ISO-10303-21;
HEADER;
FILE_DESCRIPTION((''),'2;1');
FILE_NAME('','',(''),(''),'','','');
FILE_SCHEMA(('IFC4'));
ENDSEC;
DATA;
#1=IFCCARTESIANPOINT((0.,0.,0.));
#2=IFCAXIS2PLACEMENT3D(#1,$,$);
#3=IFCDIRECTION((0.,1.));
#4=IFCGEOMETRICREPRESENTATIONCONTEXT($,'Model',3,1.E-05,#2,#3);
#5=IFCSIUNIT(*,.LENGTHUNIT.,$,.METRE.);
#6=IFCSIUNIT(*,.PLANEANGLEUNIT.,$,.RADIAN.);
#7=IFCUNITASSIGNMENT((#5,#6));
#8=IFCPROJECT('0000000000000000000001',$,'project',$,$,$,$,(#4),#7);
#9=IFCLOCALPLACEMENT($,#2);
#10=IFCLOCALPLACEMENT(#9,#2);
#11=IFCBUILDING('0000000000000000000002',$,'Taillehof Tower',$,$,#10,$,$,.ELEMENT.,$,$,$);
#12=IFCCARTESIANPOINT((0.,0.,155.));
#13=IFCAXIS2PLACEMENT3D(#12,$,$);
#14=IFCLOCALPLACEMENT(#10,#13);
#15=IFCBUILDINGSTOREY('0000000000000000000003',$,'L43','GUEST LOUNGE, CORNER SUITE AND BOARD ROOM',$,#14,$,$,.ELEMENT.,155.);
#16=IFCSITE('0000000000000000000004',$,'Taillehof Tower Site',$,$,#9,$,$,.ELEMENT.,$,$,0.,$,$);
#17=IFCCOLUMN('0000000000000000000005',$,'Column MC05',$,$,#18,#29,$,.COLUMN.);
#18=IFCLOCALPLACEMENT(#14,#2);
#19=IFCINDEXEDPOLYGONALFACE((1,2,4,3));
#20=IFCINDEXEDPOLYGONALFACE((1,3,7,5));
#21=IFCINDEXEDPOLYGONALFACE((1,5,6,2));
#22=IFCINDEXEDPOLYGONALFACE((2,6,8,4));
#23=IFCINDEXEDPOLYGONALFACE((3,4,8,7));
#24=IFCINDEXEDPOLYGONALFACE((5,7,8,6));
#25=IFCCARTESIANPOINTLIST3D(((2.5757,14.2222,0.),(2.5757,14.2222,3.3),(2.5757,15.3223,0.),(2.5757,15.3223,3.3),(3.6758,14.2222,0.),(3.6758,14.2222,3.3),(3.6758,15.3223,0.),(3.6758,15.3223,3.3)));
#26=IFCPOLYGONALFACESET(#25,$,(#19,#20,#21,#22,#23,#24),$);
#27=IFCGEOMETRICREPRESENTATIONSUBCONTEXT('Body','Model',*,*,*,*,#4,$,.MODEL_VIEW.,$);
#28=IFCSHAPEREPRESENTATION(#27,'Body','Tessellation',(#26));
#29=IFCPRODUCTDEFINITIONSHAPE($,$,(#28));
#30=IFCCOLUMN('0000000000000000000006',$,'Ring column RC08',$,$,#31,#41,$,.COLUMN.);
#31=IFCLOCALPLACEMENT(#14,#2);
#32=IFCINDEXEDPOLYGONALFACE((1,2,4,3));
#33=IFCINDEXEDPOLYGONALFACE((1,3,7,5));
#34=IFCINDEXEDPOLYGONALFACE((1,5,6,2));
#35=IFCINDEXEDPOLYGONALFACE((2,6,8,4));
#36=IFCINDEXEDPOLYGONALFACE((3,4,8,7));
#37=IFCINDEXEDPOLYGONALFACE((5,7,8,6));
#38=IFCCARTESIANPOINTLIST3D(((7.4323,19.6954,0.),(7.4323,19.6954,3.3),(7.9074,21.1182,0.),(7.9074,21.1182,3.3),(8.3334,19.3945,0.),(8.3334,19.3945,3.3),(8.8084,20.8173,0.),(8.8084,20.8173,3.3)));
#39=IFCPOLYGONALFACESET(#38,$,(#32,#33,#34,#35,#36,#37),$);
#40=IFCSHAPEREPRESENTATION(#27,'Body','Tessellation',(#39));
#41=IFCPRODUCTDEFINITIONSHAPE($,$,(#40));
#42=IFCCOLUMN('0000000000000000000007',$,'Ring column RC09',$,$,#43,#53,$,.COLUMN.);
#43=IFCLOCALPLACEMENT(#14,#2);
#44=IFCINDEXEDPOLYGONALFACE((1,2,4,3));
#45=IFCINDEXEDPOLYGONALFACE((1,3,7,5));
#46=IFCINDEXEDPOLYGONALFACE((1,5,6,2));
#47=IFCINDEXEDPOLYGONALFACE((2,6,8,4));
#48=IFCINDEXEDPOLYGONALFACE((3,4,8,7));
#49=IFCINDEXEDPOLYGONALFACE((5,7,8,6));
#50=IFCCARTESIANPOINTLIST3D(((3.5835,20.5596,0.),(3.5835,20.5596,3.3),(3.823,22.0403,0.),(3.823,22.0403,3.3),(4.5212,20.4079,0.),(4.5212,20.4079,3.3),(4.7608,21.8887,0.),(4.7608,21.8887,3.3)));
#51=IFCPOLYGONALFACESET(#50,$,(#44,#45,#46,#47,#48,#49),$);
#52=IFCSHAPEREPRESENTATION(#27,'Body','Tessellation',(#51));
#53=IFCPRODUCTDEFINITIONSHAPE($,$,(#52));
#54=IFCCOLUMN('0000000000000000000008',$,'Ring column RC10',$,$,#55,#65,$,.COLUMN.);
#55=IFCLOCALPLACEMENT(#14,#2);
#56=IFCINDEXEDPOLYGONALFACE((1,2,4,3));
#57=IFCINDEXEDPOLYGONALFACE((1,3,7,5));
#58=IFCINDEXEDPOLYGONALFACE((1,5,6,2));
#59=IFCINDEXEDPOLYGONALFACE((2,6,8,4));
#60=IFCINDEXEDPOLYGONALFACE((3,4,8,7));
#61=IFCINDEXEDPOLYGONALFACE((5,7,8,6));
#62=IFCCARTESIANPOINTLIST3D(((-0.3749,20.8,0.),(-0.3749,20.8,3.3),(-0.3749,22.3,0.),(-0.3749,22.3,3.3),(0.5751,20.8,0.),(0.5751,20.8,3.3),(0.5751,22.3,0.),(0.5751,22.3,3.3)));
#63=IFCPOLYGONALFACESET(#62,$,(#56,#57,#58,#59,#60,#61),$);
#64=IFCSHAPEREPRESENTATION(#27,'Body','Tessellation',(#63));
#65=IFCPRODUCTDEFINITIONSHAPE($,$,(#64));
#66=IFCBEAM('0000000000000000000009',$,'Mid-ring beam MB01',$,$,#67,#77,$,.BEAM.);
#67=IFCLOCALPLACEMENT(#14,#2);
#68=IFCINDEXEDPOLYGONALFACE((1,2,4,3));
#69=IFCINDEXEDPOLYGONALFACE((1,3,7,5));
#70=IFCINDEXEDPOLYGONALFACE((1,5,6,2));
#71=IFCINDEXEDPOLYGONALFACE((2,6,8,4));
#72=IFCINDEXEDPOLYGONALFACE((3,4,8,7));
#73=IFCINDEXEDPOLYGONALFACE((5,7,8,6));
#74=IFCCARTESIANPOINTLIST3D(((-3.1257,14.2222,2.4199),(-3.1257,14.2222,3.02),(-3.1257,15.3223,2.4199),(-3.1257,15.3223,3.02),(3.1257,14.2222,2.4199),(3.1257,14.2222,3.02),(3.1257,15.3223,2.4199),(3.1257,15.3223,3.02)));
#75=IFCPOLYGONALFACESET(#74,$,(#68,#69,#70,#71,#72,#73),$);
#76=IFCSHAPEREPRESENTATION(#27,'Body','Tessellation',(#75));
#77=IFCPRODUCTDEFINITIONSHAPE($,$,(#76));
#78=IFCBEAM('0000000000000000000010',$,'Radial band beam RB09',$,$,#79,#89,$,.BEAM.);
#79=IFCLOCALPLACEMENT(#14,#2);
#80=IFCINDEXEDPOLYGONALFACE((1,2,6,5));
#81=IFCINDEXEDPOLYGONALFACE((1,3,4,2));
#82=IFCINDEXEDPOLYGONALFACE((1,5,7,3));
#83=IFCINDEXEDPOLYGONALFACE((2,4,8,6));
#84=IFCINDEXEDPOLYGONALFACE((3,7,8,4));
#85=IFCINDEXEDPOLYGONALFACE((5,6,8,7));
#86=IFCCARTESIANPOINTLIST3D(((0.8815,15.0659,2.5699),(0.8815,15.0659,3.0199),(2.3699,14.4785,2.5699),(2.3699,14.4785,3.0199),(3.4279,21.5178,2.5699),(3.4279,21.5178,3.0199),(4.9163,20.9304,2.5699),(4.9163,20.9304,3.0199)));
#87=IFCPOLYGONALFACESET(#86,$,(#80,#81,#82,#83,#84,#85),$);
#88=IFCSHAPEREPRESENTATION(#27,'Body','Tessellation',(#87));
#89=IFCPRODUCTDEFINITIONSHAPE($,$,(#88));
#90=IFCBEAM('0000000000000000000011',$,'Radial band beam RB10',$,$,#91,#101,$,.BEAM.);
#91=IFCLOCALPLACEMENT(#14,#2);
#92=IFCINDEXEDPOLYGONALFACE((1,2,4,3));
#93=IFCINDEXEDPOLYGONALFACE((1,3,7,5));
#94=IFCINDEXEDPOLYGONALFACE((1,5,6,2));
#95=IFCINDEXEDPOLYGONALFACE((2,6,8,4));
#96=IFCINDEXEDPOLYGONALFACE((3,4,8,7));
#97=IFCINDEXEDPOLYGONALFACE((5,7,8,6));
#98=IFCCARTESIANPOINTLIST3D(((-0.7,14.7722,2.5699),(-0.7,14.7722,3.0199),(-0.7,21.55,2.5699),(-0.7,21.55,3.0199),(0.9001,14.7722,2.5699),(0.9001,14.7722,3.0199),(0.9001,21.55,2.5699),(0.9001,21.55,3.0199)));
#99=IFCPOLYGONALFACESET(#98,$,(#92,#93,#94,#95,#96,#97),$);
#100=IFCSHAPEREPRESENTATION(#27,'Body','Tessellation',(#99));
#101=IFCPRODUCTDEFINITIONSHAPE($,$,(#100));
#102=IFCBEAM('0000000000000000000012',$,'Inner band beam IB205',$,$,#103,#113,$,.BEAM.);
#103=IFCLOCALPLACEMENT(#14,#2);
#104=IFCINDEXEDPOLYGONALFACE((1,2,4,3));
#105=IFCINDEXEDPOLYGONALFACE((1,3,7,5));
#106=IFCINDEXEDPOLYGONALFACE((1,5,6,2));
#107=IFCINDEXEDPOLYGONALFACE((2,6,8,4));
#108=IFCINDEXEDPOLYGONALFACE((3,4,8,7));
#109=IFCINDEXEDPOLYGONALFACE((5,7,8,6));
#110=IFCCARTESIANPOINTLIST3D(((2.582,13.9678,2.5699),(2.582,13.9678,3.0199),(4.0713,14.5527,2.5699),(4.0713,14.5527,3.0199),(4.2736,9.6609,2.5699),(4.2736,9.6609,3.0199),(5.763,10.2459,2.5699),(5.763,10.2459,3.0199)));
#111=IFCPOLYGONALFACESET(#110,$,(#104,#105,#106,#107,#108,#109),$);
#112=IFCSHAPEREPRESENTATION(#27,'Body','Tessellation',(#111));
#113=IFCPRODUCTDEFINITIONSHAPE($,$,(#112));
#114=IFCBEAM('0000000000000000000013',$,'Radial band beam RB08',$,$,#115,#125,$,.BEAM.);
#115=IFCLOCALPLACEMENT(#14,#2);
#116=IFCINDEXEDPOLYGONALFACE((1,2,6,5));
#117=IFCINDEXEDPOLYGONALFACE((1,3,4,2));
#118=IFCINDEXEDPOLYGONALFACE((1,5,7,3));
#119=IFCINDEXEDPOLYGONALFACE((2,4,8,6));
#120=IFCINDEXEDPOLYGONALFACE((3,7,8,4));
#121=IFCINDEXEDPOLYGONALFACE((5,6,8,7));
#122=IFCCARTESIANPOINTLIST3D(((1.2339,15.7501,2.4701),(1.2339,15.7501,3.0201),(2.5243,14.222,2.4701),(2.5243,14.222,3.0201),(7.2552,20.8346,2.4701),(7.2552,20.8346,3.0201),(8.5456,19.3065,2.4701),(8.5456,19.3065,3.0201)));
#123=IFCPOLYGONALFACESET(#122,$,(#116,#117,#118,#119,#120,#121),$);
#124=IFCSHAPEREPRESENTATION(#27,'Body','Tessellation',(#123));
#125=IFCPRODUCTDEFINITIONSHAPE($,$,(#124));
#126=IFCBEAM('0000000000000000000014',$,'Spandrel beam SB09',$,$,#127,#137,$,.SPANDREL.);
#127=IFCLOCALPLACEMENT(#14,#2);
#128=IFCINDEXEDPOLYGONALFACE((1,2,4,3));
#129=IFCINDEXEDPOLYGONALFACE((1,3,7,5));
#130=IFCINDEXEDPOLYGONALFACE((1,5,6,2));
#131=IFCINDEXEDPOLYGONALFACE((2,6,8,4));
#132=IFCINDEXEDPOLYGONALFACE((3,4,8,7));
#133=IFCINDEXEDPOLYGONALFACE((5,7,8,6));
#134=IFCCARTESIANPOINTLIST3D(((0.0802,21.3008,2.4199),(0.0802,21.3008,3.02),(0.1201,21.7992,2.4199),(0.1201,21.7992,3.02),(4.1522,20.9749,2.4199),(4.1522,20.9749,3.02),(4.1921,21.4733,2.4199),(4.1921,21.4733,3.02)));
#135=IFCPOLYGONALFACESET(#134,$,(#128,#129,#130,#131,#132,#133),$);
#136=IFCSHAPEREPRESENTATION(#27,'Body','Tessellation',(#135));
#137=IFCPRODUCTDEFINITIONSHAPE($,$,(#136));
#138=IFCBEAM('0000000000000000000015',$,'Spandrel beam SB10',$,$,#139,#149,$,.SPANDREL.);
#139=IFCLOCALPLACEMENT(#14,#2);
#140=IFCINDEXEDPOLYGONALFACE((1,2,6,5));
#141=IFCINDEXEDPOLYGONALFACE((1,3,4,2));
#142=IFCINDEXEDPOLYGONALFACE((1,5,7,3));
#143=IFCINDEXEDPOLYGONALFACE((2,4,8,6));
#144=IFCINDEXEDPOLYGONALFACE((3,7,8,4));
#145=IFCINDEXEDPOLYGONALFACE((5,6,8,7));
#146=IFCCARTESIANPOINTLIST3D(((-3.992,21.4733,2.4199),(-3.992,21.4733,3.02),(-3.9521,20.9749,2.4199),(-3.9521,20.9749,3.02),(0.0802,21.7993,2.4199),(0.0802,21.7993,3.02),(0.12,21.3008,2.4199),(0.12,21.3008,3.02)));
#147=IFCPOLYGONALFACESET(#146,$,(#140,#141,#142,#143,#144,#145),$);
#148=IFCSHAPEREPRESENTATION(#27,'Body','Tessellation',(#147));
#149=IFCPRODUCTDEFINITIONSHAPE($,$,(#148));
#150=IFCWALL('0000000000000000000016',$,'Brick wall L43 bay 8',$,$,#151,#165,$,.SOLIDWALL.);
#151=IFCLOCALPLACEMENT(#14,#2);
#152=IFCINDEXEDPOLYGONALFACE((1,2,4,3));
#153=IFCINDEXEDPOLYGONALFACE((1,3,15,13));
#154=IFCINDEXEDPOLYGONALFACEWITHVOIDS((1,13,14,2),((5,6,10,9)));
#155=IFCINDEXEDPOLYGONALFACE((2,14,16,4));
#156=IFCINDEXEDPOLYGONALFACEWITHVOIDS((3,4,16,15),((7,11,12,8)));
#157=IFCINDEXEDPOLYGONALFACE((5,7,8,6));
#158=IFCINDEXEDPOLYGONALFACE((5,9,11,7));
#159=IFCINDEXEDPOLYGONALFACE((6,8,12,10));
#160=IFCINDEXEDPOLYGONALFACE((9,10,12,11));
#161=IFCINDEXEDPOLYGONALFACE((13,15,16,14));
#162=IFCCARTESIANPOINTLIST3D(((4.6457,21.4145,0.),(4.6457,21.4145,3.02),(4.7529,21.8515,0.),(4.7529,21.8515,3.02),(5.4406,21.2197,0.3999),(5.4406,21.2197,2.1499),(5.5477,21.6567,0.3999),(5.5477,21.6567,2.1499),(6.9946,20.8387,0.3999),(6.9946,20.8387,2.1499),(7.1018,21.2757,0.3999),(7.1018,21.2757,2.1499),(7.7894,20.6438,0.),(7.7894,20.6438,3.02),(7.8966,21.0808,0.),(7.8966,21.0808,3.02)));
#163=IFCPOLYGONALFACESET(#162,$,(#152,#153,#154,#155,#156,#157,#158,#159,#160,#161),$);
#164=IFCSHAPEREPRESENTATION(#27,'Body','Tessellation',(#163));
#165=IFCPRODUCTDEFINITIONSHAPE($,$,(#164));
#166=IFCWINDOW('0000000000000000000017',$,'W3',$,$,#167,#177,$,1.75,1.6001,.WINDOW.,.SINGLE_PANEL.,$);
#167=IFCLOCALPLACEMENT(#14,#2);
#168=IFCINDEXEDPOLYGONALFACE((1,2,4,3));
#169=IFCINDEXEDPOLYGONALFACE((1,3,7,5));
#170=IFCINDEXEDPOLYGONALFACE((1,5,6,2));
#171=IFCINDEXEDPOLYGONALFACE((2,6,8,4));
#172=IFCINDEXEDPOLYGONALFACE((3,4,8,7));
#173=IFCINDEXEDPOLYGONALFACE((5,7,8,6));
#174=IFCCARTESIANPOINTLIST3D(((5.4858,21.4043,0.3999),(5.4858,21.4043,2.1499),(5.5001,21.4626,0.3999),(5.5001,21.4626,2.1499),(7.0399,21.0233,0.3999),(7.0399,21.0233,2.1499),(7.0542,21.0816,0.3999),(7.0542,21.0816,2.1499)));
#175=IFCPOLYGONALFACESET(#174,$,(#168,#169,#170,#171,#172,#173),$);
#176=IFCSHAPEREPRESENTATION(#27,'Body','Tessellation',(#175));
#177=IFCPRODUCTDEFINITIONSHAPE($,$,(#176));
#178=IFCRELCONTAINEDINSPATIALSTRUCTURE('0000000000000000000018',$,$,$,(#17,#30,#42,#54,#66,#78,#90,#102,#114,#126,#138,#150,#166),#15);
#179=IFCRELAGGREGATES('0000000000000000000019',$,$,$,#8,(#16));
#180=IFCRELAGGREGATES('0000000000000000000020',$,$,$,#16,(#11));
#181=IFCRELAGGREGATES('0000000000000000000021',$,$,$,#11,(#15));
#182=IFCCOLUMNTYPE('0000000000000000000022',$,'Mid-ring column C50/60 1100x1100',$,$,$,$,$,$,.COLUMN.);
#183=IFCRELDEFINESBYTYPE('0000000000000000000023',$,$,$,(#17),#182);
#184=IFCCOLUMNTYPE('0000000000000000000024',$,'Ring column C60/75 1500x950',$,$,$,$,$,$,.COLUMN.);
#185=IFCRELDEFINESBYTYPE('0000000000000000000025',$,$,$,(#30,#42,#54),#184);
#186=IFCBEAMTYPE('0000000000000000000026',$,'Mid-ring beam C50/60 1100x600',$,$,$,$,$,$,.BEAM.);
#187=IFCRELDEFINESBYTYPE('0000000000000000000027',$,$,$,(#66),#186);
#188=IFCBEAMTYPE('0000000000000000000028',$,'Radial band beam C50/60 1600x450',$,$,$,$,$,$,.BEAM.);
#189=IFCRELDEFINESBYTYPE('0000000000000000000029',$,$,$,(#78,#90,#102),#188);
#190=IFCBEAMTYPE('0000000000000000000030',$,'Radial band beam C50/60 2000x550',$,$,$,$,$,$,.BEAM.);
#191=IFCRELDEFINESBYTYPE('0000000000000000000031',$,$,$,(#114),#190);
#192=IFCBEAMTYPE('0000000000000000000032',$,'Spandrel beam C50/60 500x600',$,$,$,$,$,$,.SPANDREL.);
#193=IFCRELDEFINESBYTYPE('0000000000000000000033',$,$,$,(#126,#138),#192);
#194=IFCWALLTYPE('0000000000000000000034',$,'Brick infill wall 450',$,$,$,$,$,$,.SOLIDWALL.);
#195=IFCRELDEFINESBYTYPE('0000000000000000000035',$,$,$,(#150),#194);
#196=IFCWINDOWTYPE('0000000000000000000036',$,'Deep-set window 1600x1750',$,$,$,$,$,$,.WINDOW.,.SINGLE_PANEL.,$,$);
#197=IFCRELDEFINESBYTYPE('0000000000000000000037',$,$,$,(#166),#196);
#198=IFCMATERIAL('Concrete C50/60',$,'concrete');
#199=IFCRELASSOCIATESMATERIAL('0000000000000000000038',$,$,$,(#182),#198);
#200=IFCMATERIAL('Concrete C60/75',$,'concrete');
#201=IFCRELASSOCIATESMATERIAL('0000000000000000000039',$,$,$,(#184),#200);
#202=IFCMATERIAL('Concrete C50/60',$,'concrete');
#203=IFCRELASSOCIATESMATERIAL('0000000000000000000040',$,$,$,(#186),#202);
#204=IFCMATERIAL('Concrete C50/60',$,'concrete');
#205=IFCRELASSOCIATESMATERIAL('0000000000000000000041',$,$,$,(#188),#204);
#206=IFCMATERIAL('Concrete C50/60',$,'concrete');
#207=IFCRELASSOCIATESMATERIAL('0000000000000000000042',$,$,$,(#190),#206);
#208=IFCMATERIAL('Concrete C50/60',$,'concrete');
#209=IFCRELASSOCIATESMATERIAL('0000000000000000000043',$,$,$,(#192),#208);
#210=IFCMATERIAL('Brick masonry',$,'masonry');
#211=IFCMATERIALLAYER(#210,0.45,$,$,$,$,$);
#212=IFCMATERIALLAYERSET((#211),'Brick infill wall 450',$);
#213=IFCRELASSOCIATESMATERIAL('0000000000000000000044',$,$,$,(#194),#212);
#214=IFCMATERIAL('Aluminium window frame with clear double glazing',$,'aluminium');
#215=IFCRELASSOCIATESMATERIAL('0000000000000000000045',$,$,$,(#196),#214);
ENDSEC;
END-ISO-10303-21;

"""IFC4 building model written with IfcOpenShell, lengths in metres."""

from ifc_helpers import new_model, si_unit, direction, frame, frame_2d, origin, origin_2d, place, context, subcontext, project, spatial, rectangle, extrude, material, layer, layer_set, material_profile, profile_set, type_object, element, fill, save


model = new_model("IFC4")

# Units and contexts
model_context = context("Model", 3, precision=1e-05, world=origin(), true_north=direction((0.0, 1.0)))
body_context = subcontext(model_context, "Body", "Model", "MODEL_VIEW")
ifc_project = project(units=[si_unit("LENGTHUNIT", "METRE"), si_unit("PLANEANGLEUNIT", "RADIAN")], contexts=[model_context])

# Site, building, storey
site_placement = place(None, origin())
site = spatial("IfcSite", under=ifc_project, at=site_placement, Name="Taillehof Tower Site", CompositionType="ELEMENT", RefElevation=0.0)
building_placement = place(site_placement, origin())
building = spatial("IfcBuilding", under=site, at=building_placement, Name="Taillehof Tower", CompositionType="ELEMENT")
storey_placement = place(building_placement, frame((0.0, 0.0, 155.0)))
storey = spatial("IfcBuildingStorey", under=building, at=storey_placement, Name="L43", Description="GUEST LOUNGE, CORNER SUITE AND BOARD ROOM", CompositionType="ELEMENT", Elevation=155.0)

# Columns
ifc_material_1 = material(Name="Concrete C50/60", Category="concrete")
ifc_material_profile_1 = material_profile(ifc_material_1, rectangle(XDim=1.1001, YDim=1.1001, at=origin_2d()), Name="RC 1100x1100")
ifc_profile_set_1 = profile_set([ifc_material_profile_1], Name="Concrete C50/60")
column_type_1 = type_object("IfcColumnType", Name="Mid-ring column C50/60 1100x1100", PredefinedType="COLUMN", material=ifc_profile_set_1)
column_placement = place(storey_placement, frame((3.1257, 14.7722, 0.0), z_axis=(0.0, 0.0, 1.0), x_axis=(1.0, 0.0, 0.0)))
element("IfcColumn", 1, at=column_placement, inside=storey, type_object=column_type_1, Name="Column MC05", PredefinedType="COLUMN", context=body_context, shape_type="SweptSolid", body=[
    extrude(rectangle(XDim=1.1001, YDim=1.1001, at=origin_2d()), origin(), (0.0, 0.0, 1.0), 3.3),
])
ifc_material_2 = material(Name="Concrete C60/75", Category="concrete")
ifc_material_profile_2 = material_profile(ifc_material_2, rectangle(XDim=1.5, YDim=0.95, at=origin_2d()), Name="RC 1500x950")
ifc_profile_set_2 = profile_set([ifc_material_profile_2], Name="Concrete C60/75")
column_type_2 = type_object("IfcColumnType", Name="Ring column C60/75 1500x950", PredefinedType="COLUMN", material=ifc_profile_set_2)
for number, where, z_axis, x_axis, name in (
    (2, (8.1204, 20.2563, 0.0), (0.0, 0.0, 1.0), (0.316703, 0.948525, 0.0), "Ring column RC08"),
    (3, (4.1721, 21.2241, 0.0), (0.0, 0.0, 1.0), (0.159679, 0.987169, 0.0), "Ring column RC09"),
    (4, (0.1001, 21.55, 0.0), (0.0, 0.0, 1.0), (0.0, 1.0, 0.0), "Ring column RC10"),
):
    element("IfcColumn", number, at=place(storey_placement, frame(where, z_axis=z_axis, x_axis=x_axis)), inside=storey, type_object=column_type_2, Name=name, PredefinedType="COLUMN", context=body_context, shape_type="SweptSolid", body=[
        extrude(rectangle(XDim=1.5, YDim=0.95, at=origin_2d()), origin(), (0.0, 0.0, 1.0), 3.3),
    ])

# Beams
ifc_material_3 = material(Name="Concrete C50/60", Category="concrete")
ifc_material_profile_3 = material_profile(ifc_material_3, rectangle(XDim=1.1001, YDim=0.6001, at=origin_2d()), Name="RC 1100x600")
ifc_profile_set_3 = profile_set([ifc_material_profile_3], Name="Concrete C50/60")
beam_type_1 = type_object("IfcBeamType", Name="Mid-ring beam C50/60 1100x600", PredefinedType="BEAM", material=ifc_profile_set_3)
beam_1_placement = place(storey_placement, frame((3.1257, 14.7722, 2.72), z_axis=(-1.0, 0.0, 0.0), x_axis=(0.0, -1.0, 0.0)))
element("IfcBeam", 5, at=beam_1_placement, inside=storey, type_object=beam_type_1, Name="Mid-ring beam MB01", PredefinedType="BEAM", context=body_context, shape_type="SweptSolid", body=[
    extrude(rectangle(XDim=1.1001, YDim=0.6001, at=origin_2d()), origin(), (0.0, 0.0, 1.0), 6.2515),
])
ifc_material_4 = material(Name="Concrete C50/60", Category="concrete")
ifc_material_profile_4 = material_profile(ifc_material_4, rectangle(XDim=1.6001, YDim=0.45, at=origin_2d()), Name="RC 1600x450")
ifc_profile_set_4 = profile_set([ifc_material_profile_4], Name="Concrete C50/60")
beam_type_2 = type_object("IfcBeamType", Name="Radial band beam C50/60 1600x450", PredefinedType="BEAM", material=ifc_profile_set_4)
beam_2_placement = place(storey_placement, frame((4.1721, 21.2241, 2.7949), z_axis=(-0.367114, -0.930176, 0.0), x_axis=(0.930176, -0.367114, 0.0)))
element("IfcBeam", 6, at=beam_2_placement, inside=storey, type_object=beam_type_2, Name="Radial band beam RB09", PredefinedType="BEAM", context=body_context, shape_type="SweptSolid", body=[
    extrude(rectangle(XDim=1.6001, YDim=0.45, at=origin_2d()), origin(), (0.0, 0.0, 1.0), 6.9363),
])
beam_3_placement = place(storey_placement, frame((0.1001, 21.55, 2.7949), z_axis=(0.0, -1.0, 0.0), x_axis=(1.0, 0.0, 0.0)))
element("IfcBeam", 7, at=beam_3_placement, inside=storey, type_object=beam_type_2, Name="Radial band beam RB10", PredefinedType="BEAM", context=body_context, shape_type="SweptSolid", body=[
    extrude(rectangle(XDim=1.6001, YDim=0.45, at=origin_2d()), origin(), (0.0, 0.0, 1.0), 6.7778),
])
beam_4_placement = place(storey_placement, frame((3.3267, 14.2603, 2.7949), z_axis=(0.365589, -0.930777, 0.0), x_axis=(0.930777, 0.365589, 0.0)))
element("IfcBeam", 8, at=beam_4_placement, inside=storey, type_object=beam_type_2, Name="Inner band beam IB205", PredefinedType="BEAM", context=body_context, shape_type="SweptSolid", body=[
    extrude(rectangle(XDim=1.6001, YDim=0.45, at=origin_2d()), origin(), (0.0, 0.0, 1.0), 4.6272),
])
ifc_material_5 = material(Name="Concrete C50/60", Category="concrete")
ifc_material_profile_5 = material_profile(ifc_material_5, rectangle(XDim=2.0, YDim=0.55, at=origin_2d()), Name="RC 2000x550")
ifc_profile_set_5 = profile_set([ifc_material_profile_5], Name="Concrete C50/60")
beam_type_3 = type_object("IfcBeamType", Name="Radial band beam C50/60 2000x550", PredefinedType="BEAM", material=ifc_profile_set_5)
beam_5_placement = place(storey_placement, frame((7.9004, 20.0706, 2.7451), z_axis=(-0.764038, -0.645171, 0.0), x_axis=(0.645171, -0.764038, 0.0)))
element("IfcBeam", 9, at=beam_5_placement, inside=storey, type_object=beam_type_3, Name="Radial band beam RB08", PredefinedType="BEAM", context=body_context, shape_type="SweptSolid", body=[
    extrude(rectangle(XDim=2.0, YDim=0.55, at=origin_2d()), origin(), (0.0, 0.0, 1.0), 7.8809),
])
ifc_material_6 = material(Name="Concrete C50/60", Category="concrete")
ifc_material_profile_6 = material_profile(ifc_material_6, rectangle(XDim=0.5, YDim=0.6001, at=origin_2d()), Name="RC 500x600")
ifc_profile_set_6 = profile_set([ifc_material_profile_6], Name="Concrete C50/60")
beam_type_4 = type_object("IfcBeamType", Name="Spandrel beam C50/60 500x600", PredefinedType="SPANDREL", material=ifc_profile_set_6)
beam_6_placement = place(storey_placement, frame((4.1721, 21.2241, 2.72), z_axis=(-0.996812, 0.079786, 0.0), x_axis=(-0.079786, -0.996812, 0.0)))
element("IfcBeam", 10, at=beam_6_placement, inside=storey, type_object=beam_type_4, Name="Spandrel beam SB09", PredefinedType="SPANDREL", context=body_context, shape_type="SweptSolid", body=[
    extrude(rectangle(XDim=0.5, YDim=0.6001, at=origin_2d()), origin(), (0.0, 0.0, 1.0), 4.085),
])
beam_7_placement = place(storey_placement, frame((0.1001, 21.55, 2.72), z_axis=(-0.996812, -0.079781, 0.0), x_axis=(0.079781, -0.996812, 0.0)))
element("IfcBeam", 11, at=beam_7_placement, inside=storey, type_object=beam_type_4, Name="Spandrel beam SB10", PredefinedType="SPANDREL", context=body_context, shape_type="SweptSolid", body=[
    extrude(rectangle(XDim=0.5, YDim=0.6001, at=origin_2d()), origin(), (0.0, 0.0, 1.0), 4.0852),
])

# Wall, opening, window
ifc_material_7 = material(Name="Brick masonry", Category="masonry")
ifc_layer_1 = layer(ifc_material_7, 0.45)
ifc_layer_set_1 = layer_set([ifc_layer_1], Name="Brick infill wall 450")
wall_type_1 = type_object("IfcWallType", Name="Brick infill wall 450", PredefinedType="SOLIDWALL", material=ifc_layer_set_1)
wall_1_placement = place(storey_placement, frame((7.843, 20.8623, 0.0), z_axis=(0.0, 0.0, 1.0), x_axis=(-0.971237, 0.238114, 0.0)))
wall_1 = element("IfcWall", 12, at=wall_1_placement, inside=storey, type_object=wall_type_1, Name="Brick wall L43 bay 8", PredefinedType="SOLIDWALL", context=body_context, shape_type="SweptSolid", body=[
    extrude(rectangle(XDim=3.2368, YDim=0.45, at=frame_2d((1.6184, 0.0))), origin(), (0.0, 0.0, 1.0), 3.02),
])
opening_1_placement = place(wall_1_placement, frame((0.8184, 0.0, 0.3999)))
opening_1 = element("IfcOpeningElement", 13, at=opening_1_placement, cuts=wall_1, PredefinedType="OPENING", context=body_context, shape_type="SweptSolid", body=[
    extrude(rectangle(XDim=1.6001, YDim=1.75, at=frame_2d((0.8, 0.875))), frame((0.0, 0.2349, 0.0), z_axis=(0.0, -1.0, 0.0), x_axis=(1.0, 0.0, 0.0)), (0.0, 0.0, 1.0), 0.47),
])
ifc_material_8 = material(Name="Aluminium window frame with clear double glazing", Category="aluminium")
window_type = type_object("IfcWindowType", Name="Deep-set window 1600x1750", PartitioningType="SINGLE_PANEL", PredefinedType="WINDOW", material=ifc_material_8)
window_1_placement = place(opening_1_placement, origin())
window_1 = element("IfcWindow", 14, at=window_1_placement, inside=storey, type_object=window_type, Name="W3", OverallHeight=1.75, OverallWidth=1.6001, PartitioningType="SINGLE_PANEL", PredefinedType="WINDOW", context=body_context, shape_type="SweptSolid", body=[
    extrude(rectangle(XDim=1.6001, YDim=1.75, at=frame_2d((0.8, 0.875))), frame((0.0, 0.0349, 0.0), z_axis=(0.0, -1.0, 0.0), x_axis=(1.0, 0.0, 0.0)), (0.0, 0.0, 1.0), 0.0601),
])
fill(opening_1, window_1)

save(model, "model.ifc")
